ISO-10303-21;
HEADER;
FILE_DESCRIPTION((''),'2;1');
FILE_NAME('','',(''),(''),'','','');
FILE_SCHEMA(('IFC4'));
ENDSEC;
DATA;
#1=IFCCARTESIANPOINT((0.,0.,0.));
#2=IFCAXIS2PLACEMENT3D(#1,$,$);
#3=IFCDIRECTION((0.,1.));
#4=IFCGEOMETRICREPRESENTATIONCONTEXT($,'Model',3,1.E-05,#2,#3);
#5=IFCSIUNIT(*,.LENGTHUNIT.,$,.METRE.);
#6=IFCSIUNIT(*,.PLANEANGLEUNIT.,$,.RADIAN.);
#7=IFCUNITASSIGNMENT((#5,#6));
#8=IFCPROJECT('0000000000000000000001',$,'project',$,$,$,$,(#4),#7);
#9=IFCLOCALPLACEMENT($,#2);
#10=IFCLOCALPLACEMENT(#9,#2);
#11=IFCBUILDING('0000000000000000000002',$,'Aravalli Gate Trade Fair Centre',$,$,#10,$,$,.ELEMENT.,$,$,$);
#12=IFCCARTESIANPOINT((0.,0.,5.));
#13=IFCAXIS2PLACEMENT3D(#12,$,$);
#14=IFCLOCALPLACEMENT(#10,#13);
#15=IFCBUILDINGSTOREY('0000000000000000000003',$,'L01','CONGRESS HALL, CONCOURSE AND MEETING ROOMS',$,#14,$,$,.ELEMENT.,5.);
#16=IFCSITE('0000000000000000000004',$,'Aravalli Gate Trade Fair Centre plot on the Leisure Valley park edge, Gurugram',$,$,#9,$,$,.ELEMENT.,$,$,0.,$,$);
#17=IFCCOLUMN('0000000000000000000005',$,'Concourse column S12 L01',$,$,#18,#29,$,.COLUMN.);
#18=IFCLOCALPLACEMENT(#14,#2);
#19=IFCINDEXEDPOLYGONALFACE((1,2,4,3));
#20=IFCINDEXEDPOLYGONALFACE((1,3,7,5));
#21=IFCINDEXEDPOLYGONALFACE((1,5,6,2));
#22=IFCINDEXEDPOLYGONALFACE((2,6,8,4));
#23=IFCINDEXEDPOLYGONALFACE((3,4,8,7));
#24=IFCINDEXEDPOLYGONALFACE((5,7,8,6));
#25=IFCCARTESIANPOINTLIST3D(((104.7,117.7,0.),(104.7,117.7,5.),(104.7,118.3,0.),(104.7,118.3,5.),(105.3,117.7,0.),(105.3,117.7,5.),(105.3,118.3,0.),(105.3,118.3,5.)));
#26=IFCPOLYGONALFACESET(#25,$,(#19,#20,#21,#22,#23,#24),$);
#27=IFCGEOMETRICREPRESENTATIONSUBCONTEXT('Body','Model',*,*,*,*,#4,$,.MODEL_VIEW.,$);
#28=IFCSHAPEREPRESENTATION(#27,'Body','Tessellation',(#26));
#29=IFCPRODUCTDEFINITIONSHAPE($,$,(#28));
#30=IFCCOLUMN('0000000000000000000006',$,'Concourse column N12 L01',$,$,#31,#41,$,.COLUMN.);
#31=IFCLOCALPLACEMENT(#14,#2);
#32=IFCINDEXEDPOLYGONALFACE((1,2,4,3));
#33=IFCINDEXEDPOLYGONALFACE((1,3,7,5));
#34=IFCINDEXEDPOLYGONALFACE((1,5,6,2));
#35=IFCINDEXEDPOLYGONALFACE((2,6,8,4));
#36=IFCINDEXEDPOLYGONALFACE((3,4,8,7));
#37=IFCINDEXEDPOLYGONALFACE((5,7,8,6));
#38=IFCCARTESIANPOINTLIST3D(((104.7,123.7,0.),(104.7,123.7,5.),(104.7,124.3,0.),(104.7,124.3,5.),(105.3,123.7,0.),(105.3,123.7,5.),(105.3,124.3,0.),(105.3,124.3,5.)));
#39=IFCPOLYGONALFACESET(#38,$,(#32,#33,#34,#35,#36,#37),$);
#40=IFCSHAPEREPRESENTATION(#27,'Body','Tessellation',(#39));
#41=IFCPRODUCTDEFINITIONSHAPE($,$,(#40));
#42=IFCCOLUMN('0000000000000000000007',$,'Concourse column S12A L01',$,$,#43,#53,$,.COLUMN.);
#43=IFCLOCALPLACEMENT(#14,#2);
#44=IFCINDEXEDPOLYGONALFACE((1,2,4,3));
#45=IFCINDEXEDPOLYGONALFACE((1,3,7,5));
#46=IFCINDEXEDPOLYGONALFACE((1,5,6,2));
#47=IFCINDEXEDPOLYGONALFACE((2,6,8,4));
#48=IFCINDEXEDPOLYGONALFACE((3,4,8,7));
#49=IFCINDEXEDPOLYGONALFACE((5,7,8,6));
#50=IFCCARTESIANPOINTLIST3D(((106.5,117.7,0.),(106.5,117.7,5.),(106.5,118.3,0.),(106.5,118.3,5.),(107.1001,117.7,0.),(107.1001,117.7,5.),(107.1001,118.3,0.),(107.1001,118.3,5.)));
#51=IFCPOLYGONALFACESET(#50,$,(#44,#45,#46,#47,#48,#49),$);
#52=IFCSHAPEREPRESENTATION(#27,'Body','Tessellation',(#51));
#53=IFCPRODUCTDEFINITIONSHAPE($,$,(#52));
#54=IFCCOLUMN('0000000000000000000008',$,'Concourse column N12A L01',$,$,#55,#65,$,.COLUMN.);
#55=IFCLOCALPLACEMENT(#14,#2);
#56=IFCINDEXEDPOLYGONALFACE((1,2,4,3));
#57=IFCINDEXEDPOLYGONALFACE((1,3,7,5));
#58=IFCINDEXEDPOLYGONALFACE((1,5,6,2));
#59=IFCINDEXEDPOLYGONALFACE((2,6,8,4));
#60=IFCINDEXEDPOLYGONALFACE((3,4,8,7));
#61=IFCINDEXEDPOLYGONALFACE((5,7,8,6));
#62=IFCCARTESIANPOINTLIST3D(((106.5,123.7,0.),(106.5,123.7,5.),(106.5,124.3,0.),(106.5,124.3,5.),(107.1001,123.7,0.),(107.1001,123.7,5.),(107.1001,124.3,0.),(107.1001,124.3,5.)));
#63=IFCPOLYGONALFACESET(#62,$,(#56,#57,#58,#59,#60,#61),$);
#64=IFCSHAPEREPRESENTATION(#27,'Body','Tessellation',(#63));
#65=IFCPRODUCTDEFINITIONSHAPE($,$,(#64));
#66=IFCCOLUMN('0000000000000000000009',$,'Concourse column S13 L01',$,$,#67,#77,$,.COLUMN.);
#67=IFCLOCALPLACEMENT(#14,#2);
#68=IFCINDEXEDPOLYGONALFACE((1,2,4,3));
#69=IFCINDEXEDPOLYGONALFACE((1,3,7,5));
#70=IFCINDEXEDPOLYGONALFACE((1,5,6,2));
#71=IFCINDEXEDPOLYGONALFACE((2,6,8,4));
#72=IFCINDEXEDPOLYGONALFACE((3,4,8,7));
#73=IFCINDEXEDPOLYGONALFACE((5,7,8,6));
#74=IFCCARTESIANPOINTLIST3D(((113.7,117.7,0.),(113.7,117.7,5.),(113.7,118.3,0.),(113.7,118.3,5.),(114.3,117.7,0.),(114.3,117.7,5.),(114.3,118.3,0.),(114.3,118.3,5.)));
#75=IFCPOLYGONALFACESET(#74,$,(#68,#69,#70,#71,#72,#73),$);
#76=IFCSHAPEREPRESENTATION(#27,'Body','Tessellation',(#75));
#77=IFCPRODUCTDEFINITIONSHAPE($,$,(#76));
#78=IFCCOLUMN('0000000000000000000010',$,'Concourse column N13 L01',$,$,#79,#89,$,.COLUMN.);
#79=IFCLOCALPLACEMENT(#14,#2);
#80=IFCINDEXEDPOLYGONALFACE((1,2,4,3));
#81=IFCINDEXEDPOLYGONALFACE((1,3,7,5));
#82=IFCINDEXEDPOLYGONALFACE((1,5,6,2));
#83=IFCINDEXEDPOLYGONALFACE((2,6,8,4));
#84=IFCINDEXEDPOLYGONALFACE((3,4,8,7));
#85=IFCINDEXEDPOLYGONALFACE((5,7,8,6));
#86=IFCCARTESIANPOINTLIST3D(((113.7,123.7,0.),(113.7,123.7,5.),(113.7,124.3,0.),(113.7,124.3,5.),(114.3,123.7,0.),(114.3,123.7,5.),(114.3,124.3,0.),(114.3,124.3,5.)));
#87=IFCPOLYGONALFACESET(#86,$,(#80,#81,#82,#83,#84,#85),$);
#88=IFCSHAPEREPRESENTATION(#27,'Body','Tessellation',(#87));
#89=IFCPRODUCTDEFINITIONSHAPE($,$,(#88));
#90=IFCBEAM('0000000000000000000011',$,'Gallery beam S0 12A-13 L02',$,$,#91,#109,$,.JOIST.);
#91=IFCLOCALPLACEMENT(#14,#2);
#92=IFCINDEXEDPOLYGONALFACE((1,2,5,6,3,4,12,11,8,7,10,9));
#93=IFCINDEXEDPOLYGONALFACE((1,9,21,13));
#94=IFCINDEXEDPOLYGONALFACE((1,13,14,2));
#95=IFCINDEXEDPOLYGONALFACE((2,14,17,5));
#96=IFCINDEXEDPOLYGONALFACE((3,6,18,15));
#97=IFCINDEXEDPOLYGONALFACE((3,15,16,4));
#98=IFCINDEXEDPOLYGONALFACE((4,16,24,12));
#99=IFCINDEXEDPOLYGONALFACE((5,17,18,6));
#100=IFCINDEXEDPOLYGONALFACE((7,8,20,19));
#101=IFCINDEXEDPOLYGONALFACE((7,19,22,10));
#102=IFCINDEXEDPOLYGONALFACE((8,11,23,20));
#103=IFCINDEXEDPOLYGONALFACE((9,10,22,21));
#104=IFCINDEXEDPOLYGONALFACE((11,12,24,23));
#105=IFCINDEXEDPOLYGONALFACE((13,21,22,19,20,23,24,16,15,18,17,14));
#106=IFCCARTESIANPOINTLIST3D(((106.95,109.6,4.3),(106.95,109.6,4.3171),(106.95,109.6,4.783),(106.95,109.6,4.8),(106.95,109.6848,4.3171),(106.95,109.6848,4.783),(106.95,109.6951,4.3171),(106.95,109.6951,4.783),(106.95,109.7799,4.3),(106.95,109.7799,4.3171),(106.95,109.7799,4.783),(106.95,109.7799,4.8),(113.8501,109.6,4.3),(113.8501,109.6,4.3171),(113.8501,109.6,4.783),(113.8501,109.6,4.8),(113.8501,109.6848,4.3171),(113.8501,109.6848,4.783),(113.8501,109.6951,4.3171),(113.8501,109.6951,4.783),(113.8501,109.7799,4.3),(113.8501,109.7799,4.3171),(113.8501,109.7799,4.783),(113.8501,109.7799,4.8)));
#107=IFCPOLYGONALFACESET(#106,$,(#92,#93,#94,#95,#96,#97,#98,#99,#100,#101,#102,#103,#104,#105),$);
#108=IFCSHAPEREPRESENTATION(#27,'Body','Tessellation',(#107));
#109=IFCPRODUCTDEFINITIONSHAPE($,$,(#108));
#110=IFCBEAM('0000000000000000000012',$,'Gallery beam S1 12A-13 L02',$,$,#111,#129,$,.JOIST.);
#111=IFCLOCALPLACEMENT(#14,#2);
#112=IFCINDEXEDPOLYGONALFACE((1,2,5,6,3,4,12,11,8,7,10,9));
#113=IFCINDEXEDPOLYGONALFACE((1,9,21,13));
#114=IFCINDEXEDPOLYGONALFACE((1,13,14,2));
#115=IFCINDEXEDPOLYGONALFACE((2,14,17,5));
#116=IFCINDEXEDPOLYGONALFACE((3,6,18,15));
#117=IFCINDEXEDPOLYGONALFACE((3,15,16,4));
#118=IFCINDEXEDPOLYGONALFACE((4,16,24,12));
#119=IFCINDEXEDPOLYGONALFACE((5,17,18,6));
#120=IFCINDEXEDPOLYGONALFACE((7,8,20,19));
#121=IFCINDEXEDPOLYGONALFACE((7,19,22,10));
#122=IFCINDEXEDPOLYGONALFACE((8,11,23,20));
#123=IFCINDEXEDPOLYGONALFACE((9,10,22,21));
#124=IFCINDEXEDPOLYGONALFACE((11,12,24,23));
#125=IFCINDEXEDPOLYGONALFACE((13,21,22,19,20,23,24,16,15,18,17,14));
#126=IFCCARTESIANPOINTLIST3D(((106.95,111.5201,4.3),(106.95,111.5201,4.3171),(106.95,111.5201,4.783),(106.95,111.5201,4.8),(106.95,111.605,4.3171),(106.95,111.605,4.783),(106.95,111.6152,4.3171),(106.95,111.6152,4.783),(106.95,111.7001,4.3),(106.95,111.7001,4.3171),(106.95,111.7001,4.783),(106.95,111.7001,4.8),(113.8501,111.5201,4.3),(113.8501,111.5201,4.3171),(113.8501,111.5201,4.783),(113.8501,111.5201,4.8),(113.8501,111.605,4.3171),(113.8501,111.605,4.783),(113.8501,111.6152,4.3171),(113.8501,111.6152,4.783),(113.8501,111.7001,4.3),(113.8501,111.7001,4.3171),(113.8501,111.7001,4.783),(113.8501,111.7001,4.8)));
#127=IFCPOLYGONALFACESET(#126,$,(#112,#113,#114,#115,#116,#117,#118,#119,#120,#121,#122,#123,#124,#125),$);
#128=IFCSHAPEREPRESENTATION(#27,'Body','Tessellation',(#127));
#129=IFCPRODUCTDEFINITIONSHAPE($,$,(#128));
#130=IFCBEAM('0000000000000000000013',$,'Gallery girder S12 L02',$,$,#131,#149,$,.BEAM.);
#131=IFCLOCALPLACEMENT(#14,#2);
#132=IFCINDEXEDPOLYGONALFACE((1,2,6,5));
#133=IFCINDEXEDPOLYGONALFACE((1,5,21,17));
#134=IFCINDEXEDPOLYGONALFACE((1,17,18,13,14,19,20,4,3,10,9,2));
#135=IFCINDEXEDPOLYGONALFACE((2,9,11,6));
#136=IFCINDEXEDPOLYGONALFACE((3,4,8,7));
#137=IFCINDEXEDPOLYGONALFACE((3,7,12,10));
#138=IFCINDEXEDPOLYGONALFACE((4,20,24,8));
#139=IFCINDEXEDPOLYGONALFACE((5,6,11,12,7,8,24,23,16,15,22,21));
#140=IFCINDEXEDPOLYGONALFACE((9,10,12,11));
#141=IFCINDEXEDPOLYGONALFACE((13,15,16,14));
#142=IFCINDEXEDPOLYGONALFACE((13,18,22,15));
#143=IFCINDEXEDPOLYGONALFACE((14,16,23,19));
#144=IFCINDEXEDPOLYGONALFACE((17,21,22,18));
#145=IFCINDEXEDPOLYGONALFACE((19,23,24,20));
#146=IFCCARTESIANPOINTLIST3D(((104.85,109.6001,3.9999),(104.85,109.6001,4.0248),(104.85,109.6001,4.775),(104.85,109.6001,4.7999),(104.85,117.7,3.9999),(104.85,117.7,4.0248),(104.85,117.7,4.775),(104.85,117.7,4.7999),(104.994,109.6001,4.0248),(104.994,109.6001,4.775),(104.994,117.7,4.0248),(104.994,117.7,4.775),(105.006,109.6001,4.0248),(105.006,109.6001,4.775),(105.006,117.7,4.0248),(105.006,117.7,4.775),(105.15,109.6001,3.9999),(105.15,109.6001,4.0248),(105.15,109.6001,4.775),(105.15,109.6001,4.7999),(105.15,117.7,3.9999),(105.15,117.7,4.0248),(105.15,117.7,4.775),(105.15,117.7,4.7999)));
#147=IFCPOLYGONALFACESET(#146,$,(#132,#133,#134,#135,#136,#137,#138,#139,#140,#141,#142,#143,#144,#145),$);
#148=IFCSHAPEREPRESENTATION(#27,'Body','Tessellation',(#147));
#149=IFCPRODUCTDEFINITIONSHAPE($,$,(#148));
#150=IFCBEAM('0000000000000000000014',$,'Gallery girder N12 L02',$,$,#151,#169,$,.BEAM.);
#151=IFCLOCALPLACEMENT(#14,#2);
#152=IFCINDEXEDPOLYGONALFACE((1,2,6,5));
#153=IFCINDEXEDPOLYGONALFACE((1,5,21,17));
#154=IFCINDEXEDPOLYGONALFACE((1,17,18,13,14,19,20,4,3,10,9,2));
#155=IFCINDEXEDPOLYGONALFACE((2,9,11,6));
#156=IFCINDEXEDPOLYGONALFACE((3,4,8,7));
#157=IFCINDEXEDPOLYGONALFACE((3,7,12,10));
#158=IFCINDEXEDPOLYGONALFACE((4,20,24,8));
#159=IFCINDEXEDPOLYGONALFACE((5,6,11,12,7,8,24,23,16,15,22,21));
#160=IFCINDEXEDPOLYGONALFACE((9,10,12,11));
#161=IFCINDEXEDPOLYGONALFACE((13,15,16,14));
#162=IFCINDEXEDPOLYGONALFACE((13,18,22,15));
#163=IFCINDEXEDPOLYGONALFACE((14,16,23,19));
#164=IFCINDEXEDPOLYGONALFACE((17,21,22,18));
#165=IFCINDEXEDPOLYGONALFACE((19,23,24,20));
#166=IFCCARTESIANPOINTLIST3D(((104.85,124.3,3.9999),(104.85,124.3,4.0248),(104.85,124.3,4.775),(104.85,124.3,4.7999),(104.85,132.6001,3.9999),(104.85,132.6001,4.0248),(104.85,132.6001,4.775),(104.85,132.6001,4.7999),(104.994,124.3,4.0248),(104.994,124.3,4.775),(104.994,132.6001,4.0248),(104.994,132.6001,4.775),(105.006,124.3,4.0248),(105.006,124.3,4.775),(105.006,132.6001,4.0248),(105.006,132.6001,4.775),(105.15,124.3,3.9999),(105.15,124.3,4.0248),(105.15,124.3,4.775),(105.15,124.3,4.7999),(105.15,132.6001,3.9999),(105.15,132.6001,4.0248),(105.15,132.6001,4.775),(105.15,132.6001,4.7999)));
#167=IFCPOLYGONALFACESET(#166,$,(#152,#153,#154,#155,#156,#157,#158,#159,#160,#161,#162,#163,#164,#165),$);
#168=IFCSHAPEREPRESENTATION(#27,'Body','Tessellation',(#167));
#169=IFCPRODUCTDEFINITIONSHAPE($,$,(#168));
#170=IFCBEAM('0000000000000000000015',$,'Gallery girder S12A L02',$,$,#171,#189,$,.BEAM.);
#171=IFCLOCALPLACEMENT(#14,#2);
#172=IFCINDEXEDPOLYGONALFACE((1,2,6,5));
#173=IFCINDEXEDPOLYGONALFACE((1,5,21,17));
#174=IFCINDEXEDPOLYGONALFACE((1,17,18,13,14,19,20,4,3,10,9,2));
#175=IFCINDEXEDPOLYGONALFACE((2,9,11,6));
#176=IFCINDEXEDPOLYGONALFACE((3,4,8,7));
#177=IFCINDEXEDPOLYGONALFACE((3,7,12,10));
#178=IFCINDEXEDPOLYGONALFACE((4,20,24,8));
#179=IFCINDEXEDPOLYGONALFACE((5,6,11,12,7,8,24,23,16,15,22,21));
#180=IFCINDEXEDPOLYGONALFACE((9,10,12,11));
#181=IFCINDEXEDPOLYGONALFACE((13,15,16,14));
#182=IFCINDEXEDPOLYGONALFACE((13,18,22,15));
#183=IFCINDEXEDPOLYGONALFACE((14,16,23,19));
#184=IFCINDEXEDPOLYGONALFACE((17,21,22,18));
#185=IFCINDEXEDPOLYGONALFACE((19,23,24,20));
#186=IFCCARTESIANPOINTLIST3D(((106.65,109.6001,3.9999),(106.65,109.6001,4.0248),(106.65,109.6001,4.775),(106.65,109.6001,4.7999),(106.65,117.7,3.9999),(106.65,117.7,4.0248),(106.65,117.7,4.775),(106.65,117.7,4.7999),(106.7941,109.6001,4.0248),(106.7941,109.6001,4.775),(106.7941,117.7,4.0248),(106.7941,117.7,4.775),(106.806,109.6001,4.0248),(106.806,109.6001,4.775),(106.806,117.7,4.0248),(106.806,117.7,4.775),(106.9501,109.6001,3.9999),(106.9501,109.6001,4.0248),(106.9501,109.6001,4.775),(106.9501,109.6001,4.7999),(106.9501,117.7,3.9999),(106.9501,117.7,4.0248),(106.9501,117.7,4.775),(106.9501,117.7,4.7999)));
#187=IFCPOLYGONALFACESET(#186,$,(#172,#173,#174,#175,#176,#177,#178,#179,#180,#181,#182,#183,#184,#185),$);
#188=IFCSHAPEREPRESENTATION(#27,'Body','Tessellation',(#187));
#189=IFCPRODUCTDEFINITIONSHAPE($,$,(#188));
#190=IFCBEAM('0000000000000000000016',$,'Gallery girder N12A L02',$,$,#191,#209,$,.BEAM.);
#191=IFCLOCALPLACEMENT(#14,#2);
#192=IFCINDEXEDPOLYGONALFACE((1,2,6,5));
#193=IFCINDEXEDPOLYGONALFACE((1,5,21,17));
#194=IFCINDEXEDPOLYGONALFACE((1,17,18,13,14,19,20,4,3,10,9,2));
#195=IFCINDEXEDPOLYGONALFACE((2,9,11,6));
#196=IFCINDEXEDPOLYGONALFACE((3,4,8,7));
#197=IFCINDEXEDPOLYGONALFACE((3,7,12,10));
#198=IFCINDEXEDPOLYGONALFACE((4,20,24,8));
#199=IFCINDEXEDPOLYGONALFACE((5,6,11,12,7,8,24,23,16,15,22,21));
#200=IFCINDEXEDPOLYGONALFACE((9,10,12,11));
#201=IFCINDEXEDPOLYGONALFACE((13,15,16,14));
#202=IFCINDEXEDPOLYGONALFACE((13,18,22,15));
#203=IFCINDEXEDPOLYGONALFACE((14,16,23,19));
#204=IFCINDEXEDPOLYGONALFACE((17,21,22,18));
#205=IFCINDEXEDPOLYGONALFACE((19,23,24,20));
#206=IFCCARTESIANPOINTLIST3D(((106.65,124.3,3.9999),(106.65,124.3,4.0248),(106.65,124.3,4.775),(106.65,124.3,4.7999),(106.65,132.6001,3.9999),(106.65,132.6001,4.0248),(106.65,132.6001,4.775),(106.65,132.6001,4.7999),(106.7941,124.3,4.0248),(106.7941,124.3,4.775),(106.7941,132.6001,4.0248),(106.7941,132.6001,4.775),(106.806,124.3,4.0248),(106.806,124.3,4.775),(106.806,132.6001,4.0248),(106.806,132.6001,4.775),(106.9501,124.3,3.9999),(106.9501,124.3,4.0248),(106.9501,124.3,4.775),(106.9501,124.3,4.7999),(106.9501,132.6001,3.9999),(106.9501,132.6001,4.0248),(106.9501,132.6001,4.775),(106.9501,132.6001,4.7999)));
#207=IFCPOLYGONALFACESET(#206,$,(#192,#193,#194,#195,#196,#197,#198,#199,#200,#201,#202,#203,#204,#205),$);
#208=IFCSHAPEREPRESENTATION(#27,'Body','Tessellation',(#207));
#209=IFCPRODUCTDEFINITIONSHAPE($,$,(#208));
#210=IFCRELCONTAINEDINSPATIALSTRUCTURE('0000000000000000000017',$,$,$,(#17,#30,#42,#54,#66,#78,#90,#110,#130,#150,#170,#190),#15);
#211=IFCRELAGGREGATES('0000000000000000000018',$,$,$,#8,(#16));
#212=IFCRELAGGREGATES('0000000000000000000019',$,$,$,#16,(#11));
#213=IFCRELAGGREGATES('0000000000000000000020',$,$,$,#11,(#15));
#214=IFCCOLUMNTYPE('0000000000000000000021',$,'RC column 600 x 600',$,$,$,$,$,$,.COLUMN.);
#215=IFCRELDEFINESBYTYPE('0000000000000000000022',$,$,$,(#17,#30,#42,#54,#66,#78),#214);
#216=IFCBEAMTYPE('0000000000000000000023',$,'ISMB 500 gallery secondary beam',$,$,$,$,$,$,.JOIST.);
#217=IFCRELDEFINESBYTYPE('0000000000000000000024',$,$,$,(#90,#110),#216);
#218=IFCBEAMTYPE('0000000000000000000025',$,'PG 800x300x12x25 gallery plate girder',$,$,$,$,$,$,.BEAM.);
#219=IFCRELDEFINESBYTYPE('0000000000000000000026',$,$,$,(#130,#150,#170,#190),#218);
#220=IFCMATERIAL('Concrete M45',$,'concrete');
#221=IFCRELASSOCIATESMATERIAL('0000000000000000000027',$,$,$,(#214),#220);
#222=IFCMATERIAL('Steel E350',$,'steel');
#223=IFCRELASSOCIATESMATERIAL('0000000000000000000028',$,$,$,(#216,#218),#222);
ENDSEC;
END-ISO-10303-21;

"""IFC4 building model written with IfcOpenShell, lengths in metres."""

from ifc_helpers import new_model, si_unit, direction, frame, origin, origin_2d, place, context, subcontext, project, spatial, rectangle, i_section, extrude, material, material_profile, profile_set, type_object, element, save


model = new_model("IFC4")

# Units and contexts
model_context = context("Model", 3, precision=1e-05, world=origin(), true_north=direction((0.0, 1.0)))
body_context = subcontext(model_context, "Body", "Model", "MODEL_VIEW")
ifc_project = project(units=[si_unit("LENGTHUNIT", "METRE"), si_unit("PLANEANGLEUNIT", "RADIAN")], contexts=[model_context])

# Site, building, storey
site_placement = place(None, origin())
site = spatial("IfcSite", under=ifc_project, at=site_placement, Name="Aravalli Gate Trade Fair Centre plot on the Leisure Valley park edge, Gurugram", CompositionType="ELEMENT", RefElevation=0.0)
building_placement = place(site_placement, origin())
building = spatial("IfcBuilding", under=site, at=building_placement, Name="Aravalli Gate Trade Fair Centre", CompositionType="ELEMENT")
storey_placement = place(building_placement, frame((0.0, 0.0, 5.0)))
storey = spatial("IfcBuildingStorey", under=building, at=storey_placement, Name="L01", Description="CONGRESS HALL, CONCOURSE AND MEETING ROOMS", CompositionType="ELEMENT", Elevation=5.0)

# Columns
ifc_material_1 = material(Name="Concrete M45", Category="concrete")
ifc_material_profile_1 = material_profile(ifc_material_1, rectangle(XDim=0.6001, YDim=0.6001, at=origin_2d()), Name="RC column 600 x 600")
ifc_profile_set_1 = profile_set([ifc_material_profile_1], Name="Concrete M45")
column_type = type_object("IfcColumnType", Name="RC column 600 x 600", PredefinedType="COLUMN", material=ifc_profile_set_1)
for number, where, z_axis, x_axis, name in (
    (1, (105.0, 118.0, 0.0), (0.0, 0.0, 1.0), (1.0, 0.0, 0.0), "Concourse column S12 L01"),
    (2, (105.0, 124.0, 0.0), (0.0, 0.0, 1.0), (1.0, 0.0, 0.0), "Concourse column N12 L01"),
    (3, (106.8, 118.0, 0.0), (0.0, 0.0, 1.0), (1.0, 0.0, 0.0), "Concourse column S12A L01"),
    (4, (106.8, 124.0, 0.0), (0.0, 0.0, 1.0), (1.0, 0.0, 0.0), "Concourse column N12A L01"),
    (5, (114.0, 118.0, 0.0), (0.0, 0.0, 1.0), (1.0, 0.0, 0.0), "Concourse column S13 L01"),
    (6, (114.0, 124.0, 0.0), (0.0, 0.0, 1.0), (1.0, 0.0, 0.0), "Concourse column N13 L01"),
):
    element("IfcColumn", number, at=place(storey_placement, frame(where, z_axis=z_axis, x_axis=x_axis)), inside=storey, type_object=column_type, Name=name, PredefinedType="COLUMN", context=body_context, shape_type="SweptSolid", body=[
        extrude(rectangle(XDim=0.6001, YDim=0.6001, at=origin_2d()), origin(), (0.0, 0.0, 1.0), 5.0),
    ])

# Beams
ifc_material_2 = material(Name="Steel E350", Category="steel")
ifc_material_profile_2 = material_profile(ifc_material_2, i_section(OverallWidth=0.1799, OverallDepth=0.5, WebThickness=0.0103, FlangeThickness=0.0171, at=origin_2d()), Name="ISMB 500")
ifc_profile_set_2 = profile_set([ifc_material_profile_2], Name="Steel E350")
beam_type_1 = type_object("IfcBeamType", Name="ISMB 500 gallery secondary beam", PredefinedType="JOIST", material=ifc_profile_set_2)
for number, where, z_axis, x_axis, name in (
    (7, (106.95, 109.6899, 4.55), (1.0, 0.0, 0.0), (0.0, 1.0, 0.0), "Gallery beam S0 12A-13 L02"),
    (8, (106.95, 111.6101, 4.55), (1.0, 0.0, 0.0), (0.0, 1.0, 0.0), "Gallery beam S1 12A-13 L02"),
):
    element("IfcBeam", number, at=place(storey_placement, frame(where, z_axis=z_axis, x_axis=x_axis)), inside=storey, type_object=beam_type_1, Name=name, PredefinedType="JOIST", context=body_context, shape_type="SweptSolid", body=[
        extrude(i_section(OverallWidth=0.1799, OverallDepth=0.5, WebThickness=0.0103, FlangeThickness=0.0171, at=origin_2d()), origin(), (0.0, 0.0, 1.0), 6.9001),
    ])
ifc_material_profile_3 = material_profile(ifc_material_2, i_section(OverallWidth=0.3, OverallDepth=0.8, WebThickness=0.012, FlangeThickness=0.0249, at=origin_2d()), Name="PG 800x300x12x25")
ifc_profile_set_3 = profile_set([ifc_material_profile_3], Name="Steel E350")
beam_type_2 = type_object("IfcBeamType", Name="PG 800x300x12x25 gallery plate girder", PredefinedType="BEAM", material=ifc_profile_set_3)
beam_1_placement = place(storey_placement, frame((105.0, 109.6001, 4.3999), z_axis=(0.0, 1.0, 0.0), x_axis=(-1.0, 0.0, 0.0)))
element("IfcBeam", 9, at=beam_1_placement, inside=storey, type_object=beam_type_2, Name="Gallery girder S12 L02", PredefinedType="BEAM", context=body_context, shape_type="SweptSolid", body=[
    extrude(i_section(OverallWidth=0.3, OverallDepth=0.8, WebThickness=0.012, FlangeThickness=0.0249, at=origin_2d()), origin(), (0.0, 0.0, 1.0), 8.0999),
])
beam_2_placement = place(storey_placement, frame((105.0, 124.3, 4.3999), z_axis=(0.0, 1.0, 0.0), x_axis=(-1.0, 0.0, 0.0)))
element("IfcBeam", 10, at=beam_2_placement, inside=storey, type_object=beam_type_2, Name="Gallery girder N12 L02", PredefinedType="BEAM", context=body_context, shape_type="SweptSolid", body=[
    extrude(i_section(OverallWidth=0.3, OverallDepth=0.8, WebThickness=0.012, FlangeThickness=0.0249, at=origin_2d()), origin(), (0.0, 0.0, 1.0), 8.3),
])
beam_3_placement = place(storey_placement, frame((106.8, 109.6001, 4.3999), z_axis=(0.0, 1.0, 0.0), x_axis=(-1.0, 0.0, 0.0)))
element("IfcBeam", 11, at=beam_3_placement, inside=storey, type_object=beam_type_2, Name="Gallery girder S12A L02", PredefinedType="BEAM", context=body_context, shape_type="SweptSolid", body=[
    extrude(i_section(OverallWidth=0.3, OverallDepth=0.8, WebThickness=0.012, FlangeThickness=0.0249, at=origin_2d()), origin(), (0.0, 0.0, 1.0), 8.0999),
])
beam_4_placement = place(storey_placement, frame((106.8, 124.3, 4.3999), z_axis=(0.0, 1.0, 0.0), x_axis=(-1.0, 0.0, 0.0)))
element("IfcBeam", 12, at=beam_4_placement, inside=storey, type_object=beam_type_2, Name="Gallery girder N12A L02", PredefinedType="BEAM", context=body_context, shape_type="SweptSolid", body=[
    extrude(i_section(OverallWidth=0.3, OverallDepth=0.8, WebThickness=0.012, FlangeThickness=0.0249, at=origin_2d()), origin(), (0.0, 0.0, 1.0), 8.3),
])

save(model, "model.ifc")
